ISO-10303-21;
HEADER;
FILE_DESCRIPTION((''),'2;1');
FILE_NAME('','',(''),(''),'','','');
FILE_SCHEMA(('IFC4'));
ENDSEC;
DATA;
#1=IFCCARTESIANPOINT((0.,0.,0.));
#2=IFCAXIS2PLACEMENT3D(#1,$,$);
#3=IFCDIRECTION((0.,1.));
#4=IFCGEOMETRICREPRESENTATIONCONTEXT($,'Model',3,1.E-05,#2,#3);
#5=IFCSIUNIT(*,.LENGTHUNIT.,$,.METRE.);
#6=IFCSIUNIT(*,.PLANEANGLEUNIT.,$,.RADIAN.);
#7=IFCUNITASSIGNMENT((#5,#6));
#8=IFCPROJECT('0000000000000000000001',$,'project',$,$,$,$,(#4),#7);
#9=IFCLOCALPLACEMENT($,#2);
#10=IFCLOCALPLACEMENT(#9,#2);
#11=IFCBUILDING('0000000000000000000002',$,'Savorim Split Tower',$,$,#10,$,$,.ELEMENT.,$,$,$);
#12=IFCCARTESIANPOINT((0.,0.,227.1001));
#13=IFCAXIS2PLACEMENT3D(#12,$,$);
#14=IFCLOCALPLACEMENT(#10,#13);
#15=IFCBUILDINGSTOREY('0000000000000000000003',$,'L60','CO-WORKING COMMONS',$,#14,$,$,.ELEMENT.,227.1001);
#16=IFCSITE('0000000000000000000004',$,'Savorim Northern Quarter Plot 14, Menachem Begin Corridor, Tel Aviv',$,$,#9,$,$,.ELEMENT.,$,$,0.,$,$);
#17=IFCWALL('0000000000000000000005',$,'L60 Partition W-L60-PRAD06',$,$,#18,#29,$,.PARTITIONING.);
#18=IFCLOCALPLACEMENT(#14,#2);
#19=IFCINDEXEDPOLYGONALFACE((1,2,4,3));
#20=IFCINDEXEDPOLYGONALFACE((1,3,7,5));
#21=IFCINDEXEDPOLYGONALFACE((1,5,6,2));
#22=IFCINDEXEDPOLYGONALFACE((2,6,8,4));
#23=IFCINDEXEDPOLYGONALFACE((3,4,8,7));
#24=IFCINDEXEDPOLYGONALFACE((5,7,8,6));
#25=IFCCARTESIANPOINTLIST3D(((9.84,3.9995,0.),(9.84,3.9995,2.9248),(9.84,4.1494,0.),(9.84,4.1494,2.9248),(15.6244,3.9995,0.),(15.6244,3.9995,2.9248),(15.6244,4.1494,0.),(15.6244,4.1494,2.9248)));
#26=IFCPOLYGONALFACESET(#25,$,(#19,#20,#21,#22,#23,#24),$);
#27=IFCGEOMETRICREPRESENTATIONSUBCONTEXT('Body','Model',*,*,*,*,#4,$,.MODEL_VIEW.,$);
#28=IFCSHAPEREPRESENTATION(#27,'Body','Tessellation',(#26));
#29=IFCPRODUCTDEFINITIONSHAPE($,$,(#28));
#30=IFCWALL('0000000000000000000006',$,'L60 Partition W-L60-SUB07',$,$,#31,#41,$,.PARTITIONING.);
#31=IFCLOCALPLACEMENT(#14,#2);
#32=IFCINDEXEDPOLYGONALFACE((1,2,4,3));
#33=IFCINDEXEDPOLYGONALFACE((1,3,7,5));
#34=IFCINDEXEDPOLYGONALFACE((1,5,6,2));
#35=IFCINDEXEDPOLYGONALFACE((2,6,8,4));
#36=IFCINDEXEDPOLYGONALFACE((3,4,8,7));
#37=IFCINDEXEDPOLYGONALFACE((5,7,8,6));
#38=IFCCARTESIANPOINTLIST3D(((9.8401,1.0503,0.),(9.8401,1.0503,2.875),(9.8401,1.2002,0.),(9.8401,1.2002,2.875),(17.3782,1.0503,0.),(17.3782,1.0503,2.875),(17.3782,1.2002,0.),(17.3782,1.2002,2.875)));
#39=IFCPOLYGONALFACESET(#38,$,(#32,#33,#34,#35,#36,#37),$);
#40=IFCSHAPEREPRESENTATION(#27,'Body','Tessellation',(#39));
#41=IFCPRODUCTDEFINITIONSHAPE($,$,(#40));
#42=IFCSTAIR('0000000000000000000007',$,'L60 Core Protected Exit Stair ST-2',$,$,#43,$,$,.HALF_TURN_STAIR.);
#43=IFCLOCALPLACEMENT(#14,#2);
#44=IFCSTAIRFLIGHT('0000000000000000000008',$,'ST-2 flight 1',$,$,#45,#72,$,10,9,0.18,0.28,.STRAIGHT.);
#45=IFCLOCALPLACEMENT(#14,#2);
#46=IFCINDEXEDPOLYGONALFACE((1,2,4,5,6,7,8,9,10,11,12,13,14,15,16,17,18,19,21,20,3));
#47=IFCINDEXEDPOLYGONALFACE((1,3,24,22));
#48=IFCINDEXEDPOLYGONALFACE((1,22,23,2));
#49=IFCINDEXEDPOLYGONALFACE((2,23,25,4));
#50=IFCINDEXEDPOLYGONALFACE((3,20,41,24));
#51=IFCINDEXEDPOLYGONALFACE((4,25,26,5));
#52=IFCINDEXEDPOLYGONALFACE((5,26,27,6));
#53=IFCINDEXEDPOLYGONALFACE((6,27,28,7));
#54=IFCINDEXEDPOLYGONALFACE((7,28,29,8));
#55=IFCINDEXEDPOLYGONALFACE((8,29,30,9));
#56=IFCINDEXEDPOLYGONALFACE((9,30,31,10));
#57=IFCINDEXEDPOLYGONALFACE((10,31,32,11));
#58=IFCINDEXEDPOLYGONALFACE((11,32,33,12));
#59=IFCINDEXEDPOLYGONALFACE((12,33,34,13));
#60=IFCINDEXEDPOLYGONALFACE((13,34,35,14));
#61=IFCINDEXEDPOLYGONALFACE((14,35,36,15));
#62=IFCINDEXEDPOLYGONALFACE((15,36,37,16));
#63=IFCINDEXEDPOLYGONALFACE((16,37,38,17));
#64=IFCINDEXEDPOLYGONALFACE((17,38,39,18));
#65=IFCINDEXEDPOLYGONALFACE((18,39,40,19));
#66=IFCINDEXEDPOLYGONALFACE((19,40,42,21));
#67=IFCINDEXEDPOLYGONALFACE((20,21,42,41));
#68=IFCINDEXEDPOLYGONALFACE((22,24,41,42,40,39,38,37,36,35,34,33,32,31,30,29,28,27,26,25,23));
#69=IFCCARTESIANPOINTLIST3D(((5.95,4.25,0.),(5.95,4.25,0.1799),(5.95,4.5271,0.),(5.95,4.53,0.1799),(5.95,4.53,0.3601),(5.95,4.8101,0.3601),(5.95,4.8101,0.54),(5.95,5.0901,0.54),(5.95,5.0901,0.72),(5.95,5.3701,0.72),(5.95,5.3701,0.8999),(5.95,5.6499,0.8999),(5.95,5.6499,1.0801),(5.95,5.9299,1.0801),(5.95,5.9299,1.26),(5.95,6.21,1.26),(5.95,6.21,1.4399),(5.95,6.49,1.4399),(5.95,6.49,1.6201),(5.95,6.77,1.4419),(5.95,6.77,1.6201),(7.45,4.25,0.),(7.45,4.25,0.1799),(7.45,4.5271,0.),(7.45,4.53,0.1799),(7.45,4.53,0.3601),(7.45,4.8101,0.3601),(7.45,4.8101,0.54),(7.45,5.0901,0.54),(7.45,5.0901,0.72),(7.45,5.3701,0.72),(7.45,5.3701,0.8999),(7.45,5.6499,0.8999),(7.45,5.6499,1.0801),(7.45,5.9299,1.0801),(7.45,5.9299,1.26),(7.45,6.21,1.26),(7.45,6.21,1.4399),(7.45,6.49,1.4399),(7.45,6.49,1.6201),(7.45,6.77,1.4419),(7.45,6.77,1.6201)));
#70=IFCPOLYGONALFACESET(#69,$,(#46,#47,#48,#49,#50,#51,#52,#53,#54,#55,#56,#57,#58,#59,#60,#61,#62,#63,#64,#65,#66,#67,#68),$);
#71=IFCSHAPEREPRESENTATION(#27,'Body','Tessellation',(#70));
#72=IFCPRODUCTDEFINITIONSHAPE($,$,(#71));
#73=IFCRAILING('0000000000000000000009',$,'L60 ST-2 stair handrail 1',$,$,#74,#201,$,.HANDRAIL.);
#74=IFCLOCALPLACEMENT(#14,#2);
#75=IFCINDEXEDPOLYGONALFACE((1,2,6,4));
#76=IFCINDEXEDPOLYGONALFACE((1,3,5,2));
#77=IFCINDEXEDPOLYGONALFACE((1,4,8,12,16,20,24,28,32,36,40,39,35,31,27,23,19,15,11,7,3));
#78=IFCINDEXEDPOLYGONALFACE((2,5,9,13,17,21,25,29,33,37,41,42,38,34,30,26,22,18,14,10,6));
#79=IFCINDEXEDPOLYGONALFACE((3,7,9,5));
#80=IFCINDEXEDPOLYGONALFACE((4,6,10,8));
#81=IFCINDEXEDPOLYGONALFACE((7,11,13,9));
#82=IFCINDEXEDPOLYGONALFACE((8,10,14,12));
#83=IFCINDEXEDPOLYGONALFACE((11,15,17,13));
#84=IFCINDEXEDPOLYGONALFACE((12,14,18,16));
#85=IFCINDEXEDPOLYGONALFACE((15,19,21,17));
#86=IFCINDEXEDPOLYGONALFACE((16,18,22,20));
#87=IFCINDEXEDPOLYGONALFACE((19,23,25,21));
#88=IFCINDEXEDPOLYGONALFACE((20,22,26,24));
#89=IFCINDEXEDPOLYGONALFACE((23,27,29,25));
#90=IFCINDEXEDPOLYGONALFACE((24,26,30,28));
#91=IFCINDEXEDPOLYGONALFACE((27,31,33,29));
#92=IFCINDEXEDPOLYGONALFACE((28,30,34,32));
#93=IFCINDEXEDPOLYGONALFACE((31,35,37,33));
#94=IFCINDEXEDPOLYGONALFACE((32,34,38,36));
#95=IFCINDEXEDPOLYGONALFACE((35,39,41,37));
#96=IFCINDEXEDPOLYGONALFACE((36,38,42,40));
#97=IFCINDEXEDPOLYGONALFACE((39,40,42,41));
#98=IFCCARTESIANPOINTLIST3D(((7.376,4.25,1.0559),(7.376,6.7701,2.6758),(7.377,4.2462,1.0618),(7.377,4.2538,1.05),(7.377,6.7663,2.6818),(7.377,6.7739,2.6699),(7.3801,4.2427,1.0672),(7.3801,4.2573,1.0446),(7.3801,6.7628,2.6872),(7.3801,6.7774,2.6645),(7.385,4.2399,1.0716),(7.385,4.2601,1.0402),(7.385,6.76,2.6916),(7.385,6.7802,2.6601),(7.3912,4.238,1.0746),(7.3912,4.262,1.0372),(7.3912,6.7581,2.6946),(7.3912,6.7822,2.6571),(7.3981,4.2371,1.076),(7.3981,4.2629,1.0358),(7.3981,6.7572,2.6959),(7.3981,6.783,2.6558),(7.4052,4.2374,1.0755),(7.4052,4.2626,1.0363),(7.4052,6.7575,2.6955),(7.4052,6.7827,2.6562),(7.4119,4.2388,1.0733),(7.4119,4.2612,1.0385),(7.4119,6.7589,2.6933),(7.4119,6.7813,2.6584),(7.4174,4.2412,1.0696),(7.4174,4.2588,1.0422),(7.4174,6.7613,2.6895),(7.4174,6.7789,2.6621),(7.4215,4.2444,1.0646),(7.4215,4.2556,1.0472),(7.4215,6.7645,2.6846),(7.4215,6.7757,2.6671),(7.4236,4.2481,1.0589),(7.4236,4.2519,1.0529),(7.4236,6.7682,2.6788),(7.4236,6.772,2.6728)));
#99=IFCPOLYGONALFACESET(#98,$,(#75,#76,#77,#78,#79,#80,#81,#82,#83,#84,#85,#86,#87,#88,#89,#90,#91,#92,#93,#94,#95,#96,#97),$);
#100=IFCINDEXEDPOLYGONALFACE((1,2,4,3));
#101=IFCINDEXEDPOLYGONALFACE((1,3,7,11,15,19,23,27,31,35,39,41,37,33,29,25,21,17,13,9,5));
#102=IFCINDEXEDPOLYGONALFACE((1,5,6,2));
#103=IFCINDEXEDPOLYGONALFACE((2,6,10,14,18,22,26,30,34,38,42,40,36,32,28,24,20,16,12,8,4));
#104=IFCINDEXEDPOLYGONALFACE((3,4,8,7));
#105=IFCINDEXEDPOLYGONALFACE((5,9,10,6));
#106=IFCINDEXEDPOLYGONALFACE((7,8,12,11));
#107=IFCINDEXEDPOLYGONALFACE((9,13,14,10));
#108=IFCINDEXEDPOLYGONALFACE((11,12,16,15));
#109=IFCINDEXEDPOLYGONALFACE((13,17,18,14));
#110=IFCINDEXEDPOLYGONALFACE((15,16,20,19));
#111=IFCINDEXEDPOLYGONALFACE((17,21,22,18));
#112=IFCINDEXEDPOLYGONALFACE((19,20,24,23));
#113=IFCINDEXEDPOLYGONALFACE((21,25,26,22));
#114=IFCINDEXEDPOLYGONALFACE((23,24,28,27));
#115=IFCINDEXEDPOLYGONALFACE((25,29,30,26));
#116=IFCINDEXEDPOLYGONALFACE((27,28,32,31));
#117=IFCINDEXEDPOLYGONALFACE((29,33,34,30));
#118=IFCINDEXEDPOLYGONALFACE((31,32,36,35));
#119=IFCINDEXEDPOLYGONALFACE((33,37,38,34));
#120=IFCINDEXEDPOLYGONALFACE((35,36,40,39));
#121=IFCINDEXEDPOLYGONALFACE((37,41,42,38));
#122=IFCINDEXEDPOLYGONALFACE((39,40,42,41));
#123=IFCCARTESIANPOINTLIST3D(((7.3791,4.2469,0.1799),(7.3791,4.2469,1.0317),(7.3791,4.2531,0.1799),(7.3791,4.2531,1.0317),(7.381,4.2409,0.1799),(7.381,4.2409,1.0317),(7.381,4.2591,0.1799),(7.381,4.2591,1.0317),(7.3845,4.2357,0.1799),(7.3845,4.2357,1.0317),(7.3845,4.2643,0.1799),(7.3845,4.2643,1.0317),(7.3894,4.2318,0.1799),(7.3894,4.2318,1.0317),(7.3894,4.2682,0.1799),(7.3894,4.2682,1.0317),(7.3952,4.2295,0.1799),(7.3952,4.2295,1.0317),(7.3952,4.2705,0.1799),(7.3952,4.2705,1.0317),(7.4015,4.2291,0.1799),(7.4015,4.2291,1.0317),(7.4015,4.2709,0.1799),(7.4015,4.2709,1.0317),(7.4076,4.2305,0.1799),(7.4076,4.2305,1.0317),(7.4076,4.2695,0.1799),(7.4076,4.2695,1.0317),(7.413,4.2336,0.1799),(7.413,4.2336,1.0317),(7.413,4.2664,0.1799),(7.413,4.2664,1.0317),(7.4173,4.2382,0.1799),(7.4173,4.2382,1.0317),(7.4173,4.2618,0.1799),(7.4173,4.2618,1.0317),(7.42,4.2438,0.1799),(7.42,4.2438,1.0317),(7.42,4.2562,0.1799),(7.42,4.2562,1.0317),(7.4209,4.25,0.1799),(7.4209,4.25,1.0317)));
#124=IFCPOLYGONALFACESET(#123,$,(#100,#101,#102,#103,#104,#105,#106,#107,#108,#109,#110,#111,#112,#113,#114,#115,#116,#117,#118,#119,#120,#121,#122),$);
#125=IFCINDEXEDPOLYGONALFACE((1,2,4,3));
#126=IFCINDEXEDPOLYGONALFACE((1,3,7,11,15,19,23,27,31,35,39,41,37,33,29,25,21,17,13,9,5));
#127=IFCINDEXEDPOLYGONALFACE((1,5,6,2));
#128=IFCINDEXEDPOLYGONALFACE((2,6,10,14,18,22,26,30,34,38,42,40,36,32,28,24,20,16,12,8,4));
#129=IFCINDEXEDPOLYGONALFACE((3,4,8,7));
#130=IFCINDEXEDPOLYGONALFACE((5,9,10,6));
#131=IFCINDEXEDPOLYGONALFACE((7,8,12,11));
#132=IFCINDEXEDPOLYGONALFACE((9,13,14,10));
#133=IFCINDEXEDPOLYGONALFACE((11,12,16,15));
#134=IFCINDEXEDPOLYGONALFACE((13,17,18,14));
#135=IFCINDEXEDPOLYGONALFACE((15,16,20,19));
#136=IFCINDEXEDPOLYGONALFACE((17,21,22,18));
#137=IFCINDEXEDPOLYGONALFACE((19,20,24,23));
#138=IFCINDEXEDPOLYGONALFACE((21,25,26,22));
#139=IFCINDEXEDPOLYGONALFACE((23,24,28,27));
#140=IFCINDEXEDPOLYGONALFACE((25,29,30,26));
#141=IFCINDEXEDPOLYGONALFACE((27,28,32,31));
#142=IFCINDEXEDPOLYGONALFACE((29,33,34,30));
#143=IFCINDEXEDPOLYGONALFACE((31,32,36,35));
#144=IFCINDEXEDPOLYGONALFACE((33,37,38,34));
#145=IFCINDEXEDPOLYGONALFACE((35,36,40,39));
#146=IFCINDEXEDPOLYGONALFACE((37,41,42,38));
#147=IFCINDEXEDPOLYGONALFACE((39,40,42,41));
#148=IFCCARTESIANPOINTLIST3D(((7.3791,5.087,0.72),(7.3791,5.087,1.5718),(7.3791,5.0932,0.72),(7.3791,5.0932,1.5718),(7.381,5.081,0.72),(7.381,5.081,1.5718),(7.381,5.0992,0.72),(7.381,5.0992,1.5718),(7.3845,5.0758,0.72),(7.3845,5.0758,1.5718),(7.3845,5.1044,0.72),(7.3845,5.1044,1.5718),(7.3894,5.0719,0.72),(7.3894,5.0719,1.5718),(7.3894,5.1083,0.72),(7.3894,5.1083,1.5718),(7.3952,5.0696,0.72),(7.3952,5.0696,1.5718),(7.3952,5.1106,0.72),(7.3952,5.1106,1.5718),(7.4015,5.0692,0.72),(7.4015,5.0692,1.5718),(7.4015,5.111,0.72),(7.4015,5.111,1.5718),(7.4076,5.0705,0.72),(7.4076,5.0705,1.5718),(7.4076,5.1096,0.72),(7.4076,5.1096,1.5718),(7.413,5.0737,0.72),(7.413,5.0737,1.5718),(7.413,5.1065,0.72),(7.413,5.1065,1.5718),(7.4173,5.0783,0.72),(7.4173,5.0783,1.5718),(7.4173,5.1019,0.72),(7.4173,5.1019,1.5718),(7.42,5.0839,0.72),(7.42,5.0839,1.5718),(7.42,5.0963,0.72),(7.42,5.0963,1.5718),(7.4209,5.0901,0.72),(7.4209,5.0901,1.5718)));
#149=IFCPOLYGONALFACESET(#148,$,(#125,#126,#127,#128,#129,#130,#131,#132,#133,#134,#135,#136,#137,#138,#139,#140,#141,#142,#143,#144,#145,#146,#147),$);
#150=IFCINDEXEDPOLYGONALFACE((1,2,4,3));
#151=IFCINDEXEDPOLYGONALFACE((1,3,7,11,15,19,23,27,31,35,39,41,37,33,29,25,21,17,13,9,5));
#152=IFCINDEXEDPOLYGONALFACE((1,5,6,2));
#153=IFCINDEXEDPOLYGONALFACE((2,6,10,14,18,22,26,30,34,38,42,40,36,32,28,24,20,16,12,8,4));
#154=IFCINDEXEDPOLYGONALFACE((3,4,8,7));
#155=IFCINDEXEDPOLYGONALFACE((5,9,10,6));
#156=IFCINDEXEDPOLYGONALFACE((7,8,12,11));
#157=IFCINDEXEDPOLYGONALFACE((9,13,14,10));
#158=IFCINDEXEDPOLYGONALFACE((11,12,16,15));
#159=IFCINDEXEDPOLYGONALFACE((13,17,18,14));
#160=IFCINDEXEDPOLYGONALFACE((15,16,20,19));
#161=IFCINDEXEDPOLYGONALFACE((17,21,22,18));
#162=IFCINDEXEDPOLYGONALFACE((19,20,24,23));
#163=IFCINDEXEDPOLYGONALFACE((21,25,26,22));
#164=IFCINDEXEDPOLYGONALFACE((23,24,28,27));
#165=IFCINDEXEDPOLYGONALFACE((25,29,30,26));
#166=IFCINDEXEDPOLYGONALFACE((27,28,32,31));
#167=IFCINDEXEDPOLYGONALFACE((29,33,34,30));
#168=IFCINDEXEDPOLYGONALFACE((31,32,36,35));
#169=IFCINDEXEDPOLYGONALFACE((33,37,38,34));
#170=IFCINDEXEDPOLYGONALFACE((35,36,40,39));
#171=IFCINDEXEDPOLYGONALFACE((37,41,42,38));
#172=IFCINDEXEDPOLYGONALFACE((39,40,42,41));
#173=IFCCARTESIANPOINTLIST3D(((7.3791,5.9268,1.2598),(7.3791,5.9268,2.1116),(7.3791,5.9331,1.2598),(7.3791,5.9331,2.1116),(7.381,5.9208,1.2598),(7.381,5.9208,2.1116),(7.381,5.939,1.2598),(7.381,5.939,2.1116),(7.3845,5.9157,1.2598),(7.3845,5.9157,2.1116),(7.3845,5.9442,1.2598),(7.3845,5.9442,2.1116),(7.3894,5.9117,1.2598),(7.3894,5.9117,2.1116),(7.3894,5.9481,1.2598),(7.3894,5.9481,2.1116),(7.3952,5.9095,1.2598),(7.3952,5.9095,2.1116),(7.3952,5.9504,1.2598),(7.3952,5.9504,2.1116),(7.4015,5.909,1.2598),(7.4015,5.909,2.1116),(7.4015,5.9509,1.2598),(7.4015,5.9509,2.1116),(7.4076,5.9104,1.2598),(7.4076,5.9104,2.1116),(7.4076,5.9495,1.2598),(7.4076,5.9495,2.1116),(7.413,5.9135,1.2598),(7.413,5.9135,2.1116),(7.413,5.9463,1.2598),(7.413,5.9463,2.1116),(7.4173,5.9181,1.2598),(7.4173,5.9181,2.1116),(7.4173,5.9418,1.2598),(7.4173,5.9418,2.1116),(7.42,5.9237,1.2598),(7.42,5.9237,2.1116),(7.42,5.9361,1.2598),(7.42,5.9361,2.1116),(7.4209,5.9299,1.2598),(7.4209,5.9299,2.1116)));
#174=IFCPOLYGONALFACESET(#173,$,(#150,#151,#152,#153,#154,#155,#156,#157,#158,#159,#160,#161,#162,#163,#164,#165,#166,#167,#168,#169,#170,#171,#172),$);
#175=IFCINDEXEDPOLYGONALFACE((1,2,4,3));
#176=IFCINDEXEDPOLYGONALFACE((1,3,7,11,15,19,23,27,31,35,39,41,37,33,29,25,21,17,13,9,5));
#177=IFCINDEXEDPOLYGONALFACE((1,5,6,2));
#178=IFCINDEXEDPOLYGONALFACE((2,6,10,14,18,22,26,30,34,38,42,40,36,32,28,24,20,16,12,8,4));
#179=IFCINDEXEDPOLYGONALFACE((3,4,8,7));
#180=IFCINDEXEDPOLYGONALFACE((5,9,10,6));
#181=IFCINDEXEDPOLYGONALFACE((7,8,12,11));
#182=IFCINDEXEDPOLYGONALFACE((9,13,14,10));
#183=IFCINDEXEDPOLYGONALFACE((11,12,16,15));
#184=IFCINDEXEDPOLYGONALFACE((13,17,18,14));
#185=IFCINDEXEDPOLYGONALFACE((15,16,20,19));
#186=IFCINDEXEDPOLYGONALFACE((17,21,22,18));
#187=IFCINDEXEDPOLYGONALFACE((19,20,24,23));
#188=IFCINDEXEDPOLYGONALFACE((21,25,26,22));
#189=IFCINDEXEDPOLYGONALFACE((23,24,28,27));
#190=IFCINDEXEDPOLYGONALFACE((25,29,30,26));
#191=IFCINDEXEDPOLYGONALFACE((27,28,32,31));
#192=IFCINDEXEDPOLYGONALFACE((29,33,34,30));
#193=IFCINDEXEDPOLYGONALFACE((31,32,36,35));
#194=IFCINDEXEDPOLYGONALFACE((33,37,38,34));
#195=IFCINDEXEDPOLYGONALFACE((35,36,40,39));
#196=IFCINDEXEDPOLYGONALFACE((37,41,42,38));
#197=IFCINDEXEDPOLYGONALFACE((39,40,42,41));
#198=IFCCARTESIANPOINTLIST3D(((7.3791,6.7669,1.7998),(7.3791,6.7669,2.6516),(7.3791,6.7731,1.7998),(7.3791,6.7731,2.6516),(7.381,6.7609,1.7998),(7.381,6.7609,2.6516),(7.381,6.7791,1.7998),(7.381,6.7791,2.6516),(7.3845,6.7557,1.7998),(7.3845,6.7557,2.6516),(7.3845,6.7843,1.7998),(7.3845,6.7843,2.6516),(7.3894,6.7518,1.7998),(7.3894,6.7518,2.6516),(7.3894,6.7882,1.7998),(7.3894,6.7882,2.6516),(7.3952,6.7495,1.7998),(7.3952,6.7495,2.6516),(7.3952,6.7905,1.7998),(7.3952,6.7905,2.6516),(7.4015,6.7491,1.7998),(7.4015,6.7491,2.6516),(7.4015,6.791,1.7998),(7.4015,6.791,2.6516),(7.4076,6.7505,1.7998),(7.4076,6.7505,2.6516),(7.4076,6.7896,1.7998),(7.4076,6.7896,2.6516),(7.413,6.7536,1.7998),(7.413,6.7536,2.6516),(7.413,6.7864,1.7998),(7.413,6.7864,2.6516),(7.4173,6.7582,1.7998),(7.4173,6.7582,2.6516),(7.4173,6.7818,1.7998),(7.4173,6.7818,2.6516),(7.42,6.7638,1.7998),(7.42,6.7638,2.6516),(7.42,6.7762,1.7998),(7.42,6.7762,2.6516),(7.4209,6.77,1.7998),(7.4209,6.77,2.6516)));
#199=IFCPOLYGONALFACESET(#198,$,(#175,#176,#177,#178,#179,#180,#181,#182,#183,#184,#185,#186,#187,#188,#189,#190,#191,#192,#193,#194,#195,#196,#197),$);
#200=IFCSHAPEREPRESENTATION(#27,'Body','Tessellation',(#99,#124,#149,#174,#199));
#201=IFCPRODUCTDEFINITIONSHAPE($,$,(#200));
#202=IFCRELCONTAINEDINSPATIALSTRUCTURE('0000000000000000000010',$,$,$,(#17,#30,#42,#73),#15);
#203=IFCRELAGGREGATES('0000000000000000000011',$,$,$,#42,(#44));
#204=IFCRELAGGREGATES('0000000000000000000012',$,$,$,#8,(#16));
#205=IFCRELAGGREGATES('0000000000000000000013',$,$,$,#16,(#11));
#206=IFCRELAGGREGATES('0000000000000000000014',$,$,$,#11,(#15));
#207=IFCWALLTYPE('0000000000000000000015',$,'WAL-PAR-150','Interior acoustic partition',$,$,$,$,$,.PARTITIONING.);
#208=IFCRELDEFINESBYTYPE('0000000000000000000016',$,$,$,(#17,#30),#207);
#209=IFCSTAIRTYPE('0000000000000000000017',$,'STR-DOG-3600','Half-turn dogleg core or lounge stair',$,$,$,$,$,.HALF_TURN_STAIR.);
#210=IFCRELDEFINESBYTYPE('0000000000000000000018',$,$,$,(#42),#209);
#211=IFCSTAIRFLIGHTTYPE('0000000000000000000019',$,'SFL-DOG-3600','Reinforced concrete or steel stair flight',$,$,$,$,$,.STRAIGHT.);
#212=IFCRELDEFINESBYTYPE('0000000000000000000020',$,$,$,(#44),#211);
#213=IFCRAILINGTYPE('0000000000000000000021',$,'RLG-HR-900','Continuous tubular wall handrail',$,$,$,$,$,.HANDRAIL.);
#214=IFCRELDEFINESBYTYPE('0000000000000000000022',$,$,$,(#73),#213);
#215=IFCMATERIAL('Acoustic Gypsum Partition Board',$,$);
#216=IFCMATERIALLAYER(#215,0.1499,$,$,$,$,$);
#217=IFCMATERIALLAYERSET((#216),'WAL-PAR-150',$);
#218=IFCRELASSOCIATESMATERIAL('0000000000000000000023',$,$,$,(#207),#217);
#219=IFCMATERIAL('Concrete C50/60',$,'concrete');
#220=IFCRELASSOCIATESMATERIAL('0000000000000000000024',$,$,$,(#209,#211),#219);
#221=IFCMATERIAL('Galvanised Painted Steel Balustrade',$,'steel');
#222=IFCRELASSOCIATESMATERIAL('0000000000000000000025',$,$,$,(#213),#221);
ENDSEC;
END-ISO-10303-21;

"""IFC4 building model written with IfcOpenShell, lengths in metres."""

from ifc_helpers import new_model, si_unit, direction, frame, frame_2d, origin, origin_2d, place, context, subcontext, project, spatial, polyline, rectangle, circle, outline, extrude, material, layer, layer_set, type_object, element, aggregate, save


model = new_model("IFC4")

# Units and contexts
model_context = context("Model", 3, precision=1e-05, world=origin(), true_north=direction((0.0, 1.0)))
body_context = subcontext(model_context, "Body", "Model", "MODEL_VIEW")
ifc_project = project(units=[si_unit("LENGTHUNIT", "METRE"), si_unit("PLANEANGLEUNIT", "RADIAN")], contexts=[model_context])

# Site, building, storey
site_placement = place(None, origin())
site = spatial("IfcSite", under=ifc_project, at=site_placement, Name="Savorim Northern Quarter Plot 14, Menachem Begin Corridor, Tel Aviv", CompositionType="ELEMENT", RefElevation=0.0)
building_placement = place(site_placement, origin())
building = spatial("IfcBuilding", under=site, at=building_placement, Name="Savorim Split Tower", CompositionType="ELEMENT")
storey_placement = place(building_placement, frame((0.0, 0.0, 227.1001)))
storey = spatial("IfcBuildingStorey", under=building, at=storey_placement, Name="L60", Description="CO-WORKING COMMONS", CompositionType="ELEMENT", Elevation=227.1001)

# Shared definitions
ifc_material_1 = material(Name="Concrete C50/60", Category="concrete")

# Walls
ifc_material_2 = material(Name="Acoustic Gypsum Partition Board")
ifc_layer_1 = layer(ifc_material_2, 0.1499)
ifc_layer_set_1 = layer_set([ifc_layer_1], Name="WAL-PAR-150")
wall_type_1 = type_object("IfcWallType", Name="WAL-PAR-150", Description="Interior acoustic partition", PredefinedType="PARTITIONING", material=ifc_layer_set_1)
wall_1_placement = place(storey_placement, frame((9.8401, 4.0745, 0.0), z_axis=(0.0, 0.0, 1.0), x_axis=(1.0, 0.0, 0.0)))
element("IfcWall", 1, at=wall_1_placement, inside=storey, type_object=wall_type_1, Name="L60 Partition W-L60-PRAD06", PredefinedType="PARTITIONING", context=body_context, shape_type="SweptSolid", body=[
    extrude(rectangle(XDim=5.7844, YDim=0.1499, at=frame_2d((2.8921, 0.0))), origin(), (0.0, 0.0, 1.0), 2.9248),
])
wall_2_placement = place(storey_placement, frame((9.8401, 1.1252, 0.0), z_axis=(0.0, 0.0, 1.0), x_axis=(1.0, 0.0, 0.0)))
element("IfcWall", 2, at=wall_2_placement, inside=storey, type_object=wall_type_1, Name="L60 Partition W-L60-SUB07", PredefinedType="PARTITIONING", context=body_context, shape_type="SweptSolid", body=[
    extrude(rectangle(XDim=7.5381, YDim=0.1499, at=frame_2d((3.769, 0.0))), origin(), (0.0, 0.0, 1.0), 2.875),
])

# Stair, stair flight
stair_type = type_object("IfcStairType", Name="STR-DOG-3600", Description="Half-turn dogleg core or lounge stair", PredefinedType="HALF_TURN_STAIR", material=ifc_material_1)
stair_placement = place(storey_placement, origin())
stair = element("IfcStair", 3, at=stair_placement, inside=storey, type_object=stair_type, Name="L60 Core Protected Exit Stair ST-2", PredefinedType="HALF_TURN_STAIR")
stair_flight_type = type_object("IfcStairFlightType", Name="SFL-DOG-3600", Description="Reinforced concrete or steel stair flight", PredefinedType="STRAIGHT", material=ifc_material_1)
stair_flight_placement = place(storey_placement, frame((6.7, 4.25, 0.0), z_axis=(0.0, 0.0, 1.0), x_axis=(0.0, 1.0, 0.0)))
stair_flight = element("IfcStairFlight", 4, at=stair_flight_placement, type_object=stair_flight_type, Name="ST-2 flight 1", NumberOfRisers=10, NumberOfTreads=9, PredefinedType="STRAIGHT", RiserHeight=0.18, TreadLength=0.28, context=body_context, shape_type="SweptSolid", body=[
    extrude(outline(polyline([(0.0, 0.0), (0.0, 0.1799), (0.28, 0.1799), (0.28, 0.3601), (0.5601, 0.3601), (0.5601, 0.54), (0.8401, 0.54), (0.8401, 0.72), (1.1201, 0.72), (1.1201, 0.8999), (1.3999, 0.8999), (1.3999, 1.0801), (1.6799, 1.0801), (1.6799, 1.26), (1.96, 1.26), (1.96, 1.4399), (2.24, 1.4399), (2.24, 1.6201), (2.52, 1.6201), (2.52, 1.8), (2.52, 1.4419), (0.2771, 0.0), (0.0, 0.0)])), frame((0.0, 0.75, 0.0), z_axis=(0.0, -1.0, 0.0), x_axis=(1.0, 0.0, 0.0)), (0.0, 0.0, 1.0), 1.5),
])
aggregate(stair, [stair_flight])

# Railing
ifc_material_3 = material(Name="Galvanised Painted Steel Balustrade", Category="steel")
railing_type_1 = type_object("IfcRailingType", Name="RLG-HR-900", Description="Continuous tubular wall handrail", PredefinedType="HANDRAIL", material=ifc_material_3)
railing_1_placement = place(storey_placement, frame((7.3999, 4.25, 0.1799)))
element("IfcRailing", 5, at=railing_1_placement, inside=storey, type_object=railing_type_1, Name="L60 ST-2 stair handrail 1", PredefinedType="HANDRAIL", context=body_context, shape_type="SweptSolid", body=[
    extrude(circle(Radius=0.0239, at=origin_2d()), frame((0.0, 0.0, 0.876), z_axis=(0.0, 0.8412, 0.540725), x_axis=(-1.0, 0.0, 0.0)), (0.0, 0.0, 1.0), 2.9958),
    extrude(circle(Radius=0.021, at=origin_2d()), origin(), (0.0, 0.0, 1.0), 0.8518),
    extrude(circle(Radius=0.021, at=origin_2d()), frame((0.0, 0.8401, 0.54)), (0.0, 0.0, 1.0), 0.8518),
    extrude(circle(Radius=0.021, at=origin_2d()), frame((0.0, 1.6799, 1.0798)), (0.0, 0.0, 1.0), 0.8518),
    extrude(circle(Radius=0.021, at=origin_2d()), frame((0.0, 2.52, 1.6199)), (0.0, 0.0, 1.0), 0.8518),
])

save(model, "model.ifc")
